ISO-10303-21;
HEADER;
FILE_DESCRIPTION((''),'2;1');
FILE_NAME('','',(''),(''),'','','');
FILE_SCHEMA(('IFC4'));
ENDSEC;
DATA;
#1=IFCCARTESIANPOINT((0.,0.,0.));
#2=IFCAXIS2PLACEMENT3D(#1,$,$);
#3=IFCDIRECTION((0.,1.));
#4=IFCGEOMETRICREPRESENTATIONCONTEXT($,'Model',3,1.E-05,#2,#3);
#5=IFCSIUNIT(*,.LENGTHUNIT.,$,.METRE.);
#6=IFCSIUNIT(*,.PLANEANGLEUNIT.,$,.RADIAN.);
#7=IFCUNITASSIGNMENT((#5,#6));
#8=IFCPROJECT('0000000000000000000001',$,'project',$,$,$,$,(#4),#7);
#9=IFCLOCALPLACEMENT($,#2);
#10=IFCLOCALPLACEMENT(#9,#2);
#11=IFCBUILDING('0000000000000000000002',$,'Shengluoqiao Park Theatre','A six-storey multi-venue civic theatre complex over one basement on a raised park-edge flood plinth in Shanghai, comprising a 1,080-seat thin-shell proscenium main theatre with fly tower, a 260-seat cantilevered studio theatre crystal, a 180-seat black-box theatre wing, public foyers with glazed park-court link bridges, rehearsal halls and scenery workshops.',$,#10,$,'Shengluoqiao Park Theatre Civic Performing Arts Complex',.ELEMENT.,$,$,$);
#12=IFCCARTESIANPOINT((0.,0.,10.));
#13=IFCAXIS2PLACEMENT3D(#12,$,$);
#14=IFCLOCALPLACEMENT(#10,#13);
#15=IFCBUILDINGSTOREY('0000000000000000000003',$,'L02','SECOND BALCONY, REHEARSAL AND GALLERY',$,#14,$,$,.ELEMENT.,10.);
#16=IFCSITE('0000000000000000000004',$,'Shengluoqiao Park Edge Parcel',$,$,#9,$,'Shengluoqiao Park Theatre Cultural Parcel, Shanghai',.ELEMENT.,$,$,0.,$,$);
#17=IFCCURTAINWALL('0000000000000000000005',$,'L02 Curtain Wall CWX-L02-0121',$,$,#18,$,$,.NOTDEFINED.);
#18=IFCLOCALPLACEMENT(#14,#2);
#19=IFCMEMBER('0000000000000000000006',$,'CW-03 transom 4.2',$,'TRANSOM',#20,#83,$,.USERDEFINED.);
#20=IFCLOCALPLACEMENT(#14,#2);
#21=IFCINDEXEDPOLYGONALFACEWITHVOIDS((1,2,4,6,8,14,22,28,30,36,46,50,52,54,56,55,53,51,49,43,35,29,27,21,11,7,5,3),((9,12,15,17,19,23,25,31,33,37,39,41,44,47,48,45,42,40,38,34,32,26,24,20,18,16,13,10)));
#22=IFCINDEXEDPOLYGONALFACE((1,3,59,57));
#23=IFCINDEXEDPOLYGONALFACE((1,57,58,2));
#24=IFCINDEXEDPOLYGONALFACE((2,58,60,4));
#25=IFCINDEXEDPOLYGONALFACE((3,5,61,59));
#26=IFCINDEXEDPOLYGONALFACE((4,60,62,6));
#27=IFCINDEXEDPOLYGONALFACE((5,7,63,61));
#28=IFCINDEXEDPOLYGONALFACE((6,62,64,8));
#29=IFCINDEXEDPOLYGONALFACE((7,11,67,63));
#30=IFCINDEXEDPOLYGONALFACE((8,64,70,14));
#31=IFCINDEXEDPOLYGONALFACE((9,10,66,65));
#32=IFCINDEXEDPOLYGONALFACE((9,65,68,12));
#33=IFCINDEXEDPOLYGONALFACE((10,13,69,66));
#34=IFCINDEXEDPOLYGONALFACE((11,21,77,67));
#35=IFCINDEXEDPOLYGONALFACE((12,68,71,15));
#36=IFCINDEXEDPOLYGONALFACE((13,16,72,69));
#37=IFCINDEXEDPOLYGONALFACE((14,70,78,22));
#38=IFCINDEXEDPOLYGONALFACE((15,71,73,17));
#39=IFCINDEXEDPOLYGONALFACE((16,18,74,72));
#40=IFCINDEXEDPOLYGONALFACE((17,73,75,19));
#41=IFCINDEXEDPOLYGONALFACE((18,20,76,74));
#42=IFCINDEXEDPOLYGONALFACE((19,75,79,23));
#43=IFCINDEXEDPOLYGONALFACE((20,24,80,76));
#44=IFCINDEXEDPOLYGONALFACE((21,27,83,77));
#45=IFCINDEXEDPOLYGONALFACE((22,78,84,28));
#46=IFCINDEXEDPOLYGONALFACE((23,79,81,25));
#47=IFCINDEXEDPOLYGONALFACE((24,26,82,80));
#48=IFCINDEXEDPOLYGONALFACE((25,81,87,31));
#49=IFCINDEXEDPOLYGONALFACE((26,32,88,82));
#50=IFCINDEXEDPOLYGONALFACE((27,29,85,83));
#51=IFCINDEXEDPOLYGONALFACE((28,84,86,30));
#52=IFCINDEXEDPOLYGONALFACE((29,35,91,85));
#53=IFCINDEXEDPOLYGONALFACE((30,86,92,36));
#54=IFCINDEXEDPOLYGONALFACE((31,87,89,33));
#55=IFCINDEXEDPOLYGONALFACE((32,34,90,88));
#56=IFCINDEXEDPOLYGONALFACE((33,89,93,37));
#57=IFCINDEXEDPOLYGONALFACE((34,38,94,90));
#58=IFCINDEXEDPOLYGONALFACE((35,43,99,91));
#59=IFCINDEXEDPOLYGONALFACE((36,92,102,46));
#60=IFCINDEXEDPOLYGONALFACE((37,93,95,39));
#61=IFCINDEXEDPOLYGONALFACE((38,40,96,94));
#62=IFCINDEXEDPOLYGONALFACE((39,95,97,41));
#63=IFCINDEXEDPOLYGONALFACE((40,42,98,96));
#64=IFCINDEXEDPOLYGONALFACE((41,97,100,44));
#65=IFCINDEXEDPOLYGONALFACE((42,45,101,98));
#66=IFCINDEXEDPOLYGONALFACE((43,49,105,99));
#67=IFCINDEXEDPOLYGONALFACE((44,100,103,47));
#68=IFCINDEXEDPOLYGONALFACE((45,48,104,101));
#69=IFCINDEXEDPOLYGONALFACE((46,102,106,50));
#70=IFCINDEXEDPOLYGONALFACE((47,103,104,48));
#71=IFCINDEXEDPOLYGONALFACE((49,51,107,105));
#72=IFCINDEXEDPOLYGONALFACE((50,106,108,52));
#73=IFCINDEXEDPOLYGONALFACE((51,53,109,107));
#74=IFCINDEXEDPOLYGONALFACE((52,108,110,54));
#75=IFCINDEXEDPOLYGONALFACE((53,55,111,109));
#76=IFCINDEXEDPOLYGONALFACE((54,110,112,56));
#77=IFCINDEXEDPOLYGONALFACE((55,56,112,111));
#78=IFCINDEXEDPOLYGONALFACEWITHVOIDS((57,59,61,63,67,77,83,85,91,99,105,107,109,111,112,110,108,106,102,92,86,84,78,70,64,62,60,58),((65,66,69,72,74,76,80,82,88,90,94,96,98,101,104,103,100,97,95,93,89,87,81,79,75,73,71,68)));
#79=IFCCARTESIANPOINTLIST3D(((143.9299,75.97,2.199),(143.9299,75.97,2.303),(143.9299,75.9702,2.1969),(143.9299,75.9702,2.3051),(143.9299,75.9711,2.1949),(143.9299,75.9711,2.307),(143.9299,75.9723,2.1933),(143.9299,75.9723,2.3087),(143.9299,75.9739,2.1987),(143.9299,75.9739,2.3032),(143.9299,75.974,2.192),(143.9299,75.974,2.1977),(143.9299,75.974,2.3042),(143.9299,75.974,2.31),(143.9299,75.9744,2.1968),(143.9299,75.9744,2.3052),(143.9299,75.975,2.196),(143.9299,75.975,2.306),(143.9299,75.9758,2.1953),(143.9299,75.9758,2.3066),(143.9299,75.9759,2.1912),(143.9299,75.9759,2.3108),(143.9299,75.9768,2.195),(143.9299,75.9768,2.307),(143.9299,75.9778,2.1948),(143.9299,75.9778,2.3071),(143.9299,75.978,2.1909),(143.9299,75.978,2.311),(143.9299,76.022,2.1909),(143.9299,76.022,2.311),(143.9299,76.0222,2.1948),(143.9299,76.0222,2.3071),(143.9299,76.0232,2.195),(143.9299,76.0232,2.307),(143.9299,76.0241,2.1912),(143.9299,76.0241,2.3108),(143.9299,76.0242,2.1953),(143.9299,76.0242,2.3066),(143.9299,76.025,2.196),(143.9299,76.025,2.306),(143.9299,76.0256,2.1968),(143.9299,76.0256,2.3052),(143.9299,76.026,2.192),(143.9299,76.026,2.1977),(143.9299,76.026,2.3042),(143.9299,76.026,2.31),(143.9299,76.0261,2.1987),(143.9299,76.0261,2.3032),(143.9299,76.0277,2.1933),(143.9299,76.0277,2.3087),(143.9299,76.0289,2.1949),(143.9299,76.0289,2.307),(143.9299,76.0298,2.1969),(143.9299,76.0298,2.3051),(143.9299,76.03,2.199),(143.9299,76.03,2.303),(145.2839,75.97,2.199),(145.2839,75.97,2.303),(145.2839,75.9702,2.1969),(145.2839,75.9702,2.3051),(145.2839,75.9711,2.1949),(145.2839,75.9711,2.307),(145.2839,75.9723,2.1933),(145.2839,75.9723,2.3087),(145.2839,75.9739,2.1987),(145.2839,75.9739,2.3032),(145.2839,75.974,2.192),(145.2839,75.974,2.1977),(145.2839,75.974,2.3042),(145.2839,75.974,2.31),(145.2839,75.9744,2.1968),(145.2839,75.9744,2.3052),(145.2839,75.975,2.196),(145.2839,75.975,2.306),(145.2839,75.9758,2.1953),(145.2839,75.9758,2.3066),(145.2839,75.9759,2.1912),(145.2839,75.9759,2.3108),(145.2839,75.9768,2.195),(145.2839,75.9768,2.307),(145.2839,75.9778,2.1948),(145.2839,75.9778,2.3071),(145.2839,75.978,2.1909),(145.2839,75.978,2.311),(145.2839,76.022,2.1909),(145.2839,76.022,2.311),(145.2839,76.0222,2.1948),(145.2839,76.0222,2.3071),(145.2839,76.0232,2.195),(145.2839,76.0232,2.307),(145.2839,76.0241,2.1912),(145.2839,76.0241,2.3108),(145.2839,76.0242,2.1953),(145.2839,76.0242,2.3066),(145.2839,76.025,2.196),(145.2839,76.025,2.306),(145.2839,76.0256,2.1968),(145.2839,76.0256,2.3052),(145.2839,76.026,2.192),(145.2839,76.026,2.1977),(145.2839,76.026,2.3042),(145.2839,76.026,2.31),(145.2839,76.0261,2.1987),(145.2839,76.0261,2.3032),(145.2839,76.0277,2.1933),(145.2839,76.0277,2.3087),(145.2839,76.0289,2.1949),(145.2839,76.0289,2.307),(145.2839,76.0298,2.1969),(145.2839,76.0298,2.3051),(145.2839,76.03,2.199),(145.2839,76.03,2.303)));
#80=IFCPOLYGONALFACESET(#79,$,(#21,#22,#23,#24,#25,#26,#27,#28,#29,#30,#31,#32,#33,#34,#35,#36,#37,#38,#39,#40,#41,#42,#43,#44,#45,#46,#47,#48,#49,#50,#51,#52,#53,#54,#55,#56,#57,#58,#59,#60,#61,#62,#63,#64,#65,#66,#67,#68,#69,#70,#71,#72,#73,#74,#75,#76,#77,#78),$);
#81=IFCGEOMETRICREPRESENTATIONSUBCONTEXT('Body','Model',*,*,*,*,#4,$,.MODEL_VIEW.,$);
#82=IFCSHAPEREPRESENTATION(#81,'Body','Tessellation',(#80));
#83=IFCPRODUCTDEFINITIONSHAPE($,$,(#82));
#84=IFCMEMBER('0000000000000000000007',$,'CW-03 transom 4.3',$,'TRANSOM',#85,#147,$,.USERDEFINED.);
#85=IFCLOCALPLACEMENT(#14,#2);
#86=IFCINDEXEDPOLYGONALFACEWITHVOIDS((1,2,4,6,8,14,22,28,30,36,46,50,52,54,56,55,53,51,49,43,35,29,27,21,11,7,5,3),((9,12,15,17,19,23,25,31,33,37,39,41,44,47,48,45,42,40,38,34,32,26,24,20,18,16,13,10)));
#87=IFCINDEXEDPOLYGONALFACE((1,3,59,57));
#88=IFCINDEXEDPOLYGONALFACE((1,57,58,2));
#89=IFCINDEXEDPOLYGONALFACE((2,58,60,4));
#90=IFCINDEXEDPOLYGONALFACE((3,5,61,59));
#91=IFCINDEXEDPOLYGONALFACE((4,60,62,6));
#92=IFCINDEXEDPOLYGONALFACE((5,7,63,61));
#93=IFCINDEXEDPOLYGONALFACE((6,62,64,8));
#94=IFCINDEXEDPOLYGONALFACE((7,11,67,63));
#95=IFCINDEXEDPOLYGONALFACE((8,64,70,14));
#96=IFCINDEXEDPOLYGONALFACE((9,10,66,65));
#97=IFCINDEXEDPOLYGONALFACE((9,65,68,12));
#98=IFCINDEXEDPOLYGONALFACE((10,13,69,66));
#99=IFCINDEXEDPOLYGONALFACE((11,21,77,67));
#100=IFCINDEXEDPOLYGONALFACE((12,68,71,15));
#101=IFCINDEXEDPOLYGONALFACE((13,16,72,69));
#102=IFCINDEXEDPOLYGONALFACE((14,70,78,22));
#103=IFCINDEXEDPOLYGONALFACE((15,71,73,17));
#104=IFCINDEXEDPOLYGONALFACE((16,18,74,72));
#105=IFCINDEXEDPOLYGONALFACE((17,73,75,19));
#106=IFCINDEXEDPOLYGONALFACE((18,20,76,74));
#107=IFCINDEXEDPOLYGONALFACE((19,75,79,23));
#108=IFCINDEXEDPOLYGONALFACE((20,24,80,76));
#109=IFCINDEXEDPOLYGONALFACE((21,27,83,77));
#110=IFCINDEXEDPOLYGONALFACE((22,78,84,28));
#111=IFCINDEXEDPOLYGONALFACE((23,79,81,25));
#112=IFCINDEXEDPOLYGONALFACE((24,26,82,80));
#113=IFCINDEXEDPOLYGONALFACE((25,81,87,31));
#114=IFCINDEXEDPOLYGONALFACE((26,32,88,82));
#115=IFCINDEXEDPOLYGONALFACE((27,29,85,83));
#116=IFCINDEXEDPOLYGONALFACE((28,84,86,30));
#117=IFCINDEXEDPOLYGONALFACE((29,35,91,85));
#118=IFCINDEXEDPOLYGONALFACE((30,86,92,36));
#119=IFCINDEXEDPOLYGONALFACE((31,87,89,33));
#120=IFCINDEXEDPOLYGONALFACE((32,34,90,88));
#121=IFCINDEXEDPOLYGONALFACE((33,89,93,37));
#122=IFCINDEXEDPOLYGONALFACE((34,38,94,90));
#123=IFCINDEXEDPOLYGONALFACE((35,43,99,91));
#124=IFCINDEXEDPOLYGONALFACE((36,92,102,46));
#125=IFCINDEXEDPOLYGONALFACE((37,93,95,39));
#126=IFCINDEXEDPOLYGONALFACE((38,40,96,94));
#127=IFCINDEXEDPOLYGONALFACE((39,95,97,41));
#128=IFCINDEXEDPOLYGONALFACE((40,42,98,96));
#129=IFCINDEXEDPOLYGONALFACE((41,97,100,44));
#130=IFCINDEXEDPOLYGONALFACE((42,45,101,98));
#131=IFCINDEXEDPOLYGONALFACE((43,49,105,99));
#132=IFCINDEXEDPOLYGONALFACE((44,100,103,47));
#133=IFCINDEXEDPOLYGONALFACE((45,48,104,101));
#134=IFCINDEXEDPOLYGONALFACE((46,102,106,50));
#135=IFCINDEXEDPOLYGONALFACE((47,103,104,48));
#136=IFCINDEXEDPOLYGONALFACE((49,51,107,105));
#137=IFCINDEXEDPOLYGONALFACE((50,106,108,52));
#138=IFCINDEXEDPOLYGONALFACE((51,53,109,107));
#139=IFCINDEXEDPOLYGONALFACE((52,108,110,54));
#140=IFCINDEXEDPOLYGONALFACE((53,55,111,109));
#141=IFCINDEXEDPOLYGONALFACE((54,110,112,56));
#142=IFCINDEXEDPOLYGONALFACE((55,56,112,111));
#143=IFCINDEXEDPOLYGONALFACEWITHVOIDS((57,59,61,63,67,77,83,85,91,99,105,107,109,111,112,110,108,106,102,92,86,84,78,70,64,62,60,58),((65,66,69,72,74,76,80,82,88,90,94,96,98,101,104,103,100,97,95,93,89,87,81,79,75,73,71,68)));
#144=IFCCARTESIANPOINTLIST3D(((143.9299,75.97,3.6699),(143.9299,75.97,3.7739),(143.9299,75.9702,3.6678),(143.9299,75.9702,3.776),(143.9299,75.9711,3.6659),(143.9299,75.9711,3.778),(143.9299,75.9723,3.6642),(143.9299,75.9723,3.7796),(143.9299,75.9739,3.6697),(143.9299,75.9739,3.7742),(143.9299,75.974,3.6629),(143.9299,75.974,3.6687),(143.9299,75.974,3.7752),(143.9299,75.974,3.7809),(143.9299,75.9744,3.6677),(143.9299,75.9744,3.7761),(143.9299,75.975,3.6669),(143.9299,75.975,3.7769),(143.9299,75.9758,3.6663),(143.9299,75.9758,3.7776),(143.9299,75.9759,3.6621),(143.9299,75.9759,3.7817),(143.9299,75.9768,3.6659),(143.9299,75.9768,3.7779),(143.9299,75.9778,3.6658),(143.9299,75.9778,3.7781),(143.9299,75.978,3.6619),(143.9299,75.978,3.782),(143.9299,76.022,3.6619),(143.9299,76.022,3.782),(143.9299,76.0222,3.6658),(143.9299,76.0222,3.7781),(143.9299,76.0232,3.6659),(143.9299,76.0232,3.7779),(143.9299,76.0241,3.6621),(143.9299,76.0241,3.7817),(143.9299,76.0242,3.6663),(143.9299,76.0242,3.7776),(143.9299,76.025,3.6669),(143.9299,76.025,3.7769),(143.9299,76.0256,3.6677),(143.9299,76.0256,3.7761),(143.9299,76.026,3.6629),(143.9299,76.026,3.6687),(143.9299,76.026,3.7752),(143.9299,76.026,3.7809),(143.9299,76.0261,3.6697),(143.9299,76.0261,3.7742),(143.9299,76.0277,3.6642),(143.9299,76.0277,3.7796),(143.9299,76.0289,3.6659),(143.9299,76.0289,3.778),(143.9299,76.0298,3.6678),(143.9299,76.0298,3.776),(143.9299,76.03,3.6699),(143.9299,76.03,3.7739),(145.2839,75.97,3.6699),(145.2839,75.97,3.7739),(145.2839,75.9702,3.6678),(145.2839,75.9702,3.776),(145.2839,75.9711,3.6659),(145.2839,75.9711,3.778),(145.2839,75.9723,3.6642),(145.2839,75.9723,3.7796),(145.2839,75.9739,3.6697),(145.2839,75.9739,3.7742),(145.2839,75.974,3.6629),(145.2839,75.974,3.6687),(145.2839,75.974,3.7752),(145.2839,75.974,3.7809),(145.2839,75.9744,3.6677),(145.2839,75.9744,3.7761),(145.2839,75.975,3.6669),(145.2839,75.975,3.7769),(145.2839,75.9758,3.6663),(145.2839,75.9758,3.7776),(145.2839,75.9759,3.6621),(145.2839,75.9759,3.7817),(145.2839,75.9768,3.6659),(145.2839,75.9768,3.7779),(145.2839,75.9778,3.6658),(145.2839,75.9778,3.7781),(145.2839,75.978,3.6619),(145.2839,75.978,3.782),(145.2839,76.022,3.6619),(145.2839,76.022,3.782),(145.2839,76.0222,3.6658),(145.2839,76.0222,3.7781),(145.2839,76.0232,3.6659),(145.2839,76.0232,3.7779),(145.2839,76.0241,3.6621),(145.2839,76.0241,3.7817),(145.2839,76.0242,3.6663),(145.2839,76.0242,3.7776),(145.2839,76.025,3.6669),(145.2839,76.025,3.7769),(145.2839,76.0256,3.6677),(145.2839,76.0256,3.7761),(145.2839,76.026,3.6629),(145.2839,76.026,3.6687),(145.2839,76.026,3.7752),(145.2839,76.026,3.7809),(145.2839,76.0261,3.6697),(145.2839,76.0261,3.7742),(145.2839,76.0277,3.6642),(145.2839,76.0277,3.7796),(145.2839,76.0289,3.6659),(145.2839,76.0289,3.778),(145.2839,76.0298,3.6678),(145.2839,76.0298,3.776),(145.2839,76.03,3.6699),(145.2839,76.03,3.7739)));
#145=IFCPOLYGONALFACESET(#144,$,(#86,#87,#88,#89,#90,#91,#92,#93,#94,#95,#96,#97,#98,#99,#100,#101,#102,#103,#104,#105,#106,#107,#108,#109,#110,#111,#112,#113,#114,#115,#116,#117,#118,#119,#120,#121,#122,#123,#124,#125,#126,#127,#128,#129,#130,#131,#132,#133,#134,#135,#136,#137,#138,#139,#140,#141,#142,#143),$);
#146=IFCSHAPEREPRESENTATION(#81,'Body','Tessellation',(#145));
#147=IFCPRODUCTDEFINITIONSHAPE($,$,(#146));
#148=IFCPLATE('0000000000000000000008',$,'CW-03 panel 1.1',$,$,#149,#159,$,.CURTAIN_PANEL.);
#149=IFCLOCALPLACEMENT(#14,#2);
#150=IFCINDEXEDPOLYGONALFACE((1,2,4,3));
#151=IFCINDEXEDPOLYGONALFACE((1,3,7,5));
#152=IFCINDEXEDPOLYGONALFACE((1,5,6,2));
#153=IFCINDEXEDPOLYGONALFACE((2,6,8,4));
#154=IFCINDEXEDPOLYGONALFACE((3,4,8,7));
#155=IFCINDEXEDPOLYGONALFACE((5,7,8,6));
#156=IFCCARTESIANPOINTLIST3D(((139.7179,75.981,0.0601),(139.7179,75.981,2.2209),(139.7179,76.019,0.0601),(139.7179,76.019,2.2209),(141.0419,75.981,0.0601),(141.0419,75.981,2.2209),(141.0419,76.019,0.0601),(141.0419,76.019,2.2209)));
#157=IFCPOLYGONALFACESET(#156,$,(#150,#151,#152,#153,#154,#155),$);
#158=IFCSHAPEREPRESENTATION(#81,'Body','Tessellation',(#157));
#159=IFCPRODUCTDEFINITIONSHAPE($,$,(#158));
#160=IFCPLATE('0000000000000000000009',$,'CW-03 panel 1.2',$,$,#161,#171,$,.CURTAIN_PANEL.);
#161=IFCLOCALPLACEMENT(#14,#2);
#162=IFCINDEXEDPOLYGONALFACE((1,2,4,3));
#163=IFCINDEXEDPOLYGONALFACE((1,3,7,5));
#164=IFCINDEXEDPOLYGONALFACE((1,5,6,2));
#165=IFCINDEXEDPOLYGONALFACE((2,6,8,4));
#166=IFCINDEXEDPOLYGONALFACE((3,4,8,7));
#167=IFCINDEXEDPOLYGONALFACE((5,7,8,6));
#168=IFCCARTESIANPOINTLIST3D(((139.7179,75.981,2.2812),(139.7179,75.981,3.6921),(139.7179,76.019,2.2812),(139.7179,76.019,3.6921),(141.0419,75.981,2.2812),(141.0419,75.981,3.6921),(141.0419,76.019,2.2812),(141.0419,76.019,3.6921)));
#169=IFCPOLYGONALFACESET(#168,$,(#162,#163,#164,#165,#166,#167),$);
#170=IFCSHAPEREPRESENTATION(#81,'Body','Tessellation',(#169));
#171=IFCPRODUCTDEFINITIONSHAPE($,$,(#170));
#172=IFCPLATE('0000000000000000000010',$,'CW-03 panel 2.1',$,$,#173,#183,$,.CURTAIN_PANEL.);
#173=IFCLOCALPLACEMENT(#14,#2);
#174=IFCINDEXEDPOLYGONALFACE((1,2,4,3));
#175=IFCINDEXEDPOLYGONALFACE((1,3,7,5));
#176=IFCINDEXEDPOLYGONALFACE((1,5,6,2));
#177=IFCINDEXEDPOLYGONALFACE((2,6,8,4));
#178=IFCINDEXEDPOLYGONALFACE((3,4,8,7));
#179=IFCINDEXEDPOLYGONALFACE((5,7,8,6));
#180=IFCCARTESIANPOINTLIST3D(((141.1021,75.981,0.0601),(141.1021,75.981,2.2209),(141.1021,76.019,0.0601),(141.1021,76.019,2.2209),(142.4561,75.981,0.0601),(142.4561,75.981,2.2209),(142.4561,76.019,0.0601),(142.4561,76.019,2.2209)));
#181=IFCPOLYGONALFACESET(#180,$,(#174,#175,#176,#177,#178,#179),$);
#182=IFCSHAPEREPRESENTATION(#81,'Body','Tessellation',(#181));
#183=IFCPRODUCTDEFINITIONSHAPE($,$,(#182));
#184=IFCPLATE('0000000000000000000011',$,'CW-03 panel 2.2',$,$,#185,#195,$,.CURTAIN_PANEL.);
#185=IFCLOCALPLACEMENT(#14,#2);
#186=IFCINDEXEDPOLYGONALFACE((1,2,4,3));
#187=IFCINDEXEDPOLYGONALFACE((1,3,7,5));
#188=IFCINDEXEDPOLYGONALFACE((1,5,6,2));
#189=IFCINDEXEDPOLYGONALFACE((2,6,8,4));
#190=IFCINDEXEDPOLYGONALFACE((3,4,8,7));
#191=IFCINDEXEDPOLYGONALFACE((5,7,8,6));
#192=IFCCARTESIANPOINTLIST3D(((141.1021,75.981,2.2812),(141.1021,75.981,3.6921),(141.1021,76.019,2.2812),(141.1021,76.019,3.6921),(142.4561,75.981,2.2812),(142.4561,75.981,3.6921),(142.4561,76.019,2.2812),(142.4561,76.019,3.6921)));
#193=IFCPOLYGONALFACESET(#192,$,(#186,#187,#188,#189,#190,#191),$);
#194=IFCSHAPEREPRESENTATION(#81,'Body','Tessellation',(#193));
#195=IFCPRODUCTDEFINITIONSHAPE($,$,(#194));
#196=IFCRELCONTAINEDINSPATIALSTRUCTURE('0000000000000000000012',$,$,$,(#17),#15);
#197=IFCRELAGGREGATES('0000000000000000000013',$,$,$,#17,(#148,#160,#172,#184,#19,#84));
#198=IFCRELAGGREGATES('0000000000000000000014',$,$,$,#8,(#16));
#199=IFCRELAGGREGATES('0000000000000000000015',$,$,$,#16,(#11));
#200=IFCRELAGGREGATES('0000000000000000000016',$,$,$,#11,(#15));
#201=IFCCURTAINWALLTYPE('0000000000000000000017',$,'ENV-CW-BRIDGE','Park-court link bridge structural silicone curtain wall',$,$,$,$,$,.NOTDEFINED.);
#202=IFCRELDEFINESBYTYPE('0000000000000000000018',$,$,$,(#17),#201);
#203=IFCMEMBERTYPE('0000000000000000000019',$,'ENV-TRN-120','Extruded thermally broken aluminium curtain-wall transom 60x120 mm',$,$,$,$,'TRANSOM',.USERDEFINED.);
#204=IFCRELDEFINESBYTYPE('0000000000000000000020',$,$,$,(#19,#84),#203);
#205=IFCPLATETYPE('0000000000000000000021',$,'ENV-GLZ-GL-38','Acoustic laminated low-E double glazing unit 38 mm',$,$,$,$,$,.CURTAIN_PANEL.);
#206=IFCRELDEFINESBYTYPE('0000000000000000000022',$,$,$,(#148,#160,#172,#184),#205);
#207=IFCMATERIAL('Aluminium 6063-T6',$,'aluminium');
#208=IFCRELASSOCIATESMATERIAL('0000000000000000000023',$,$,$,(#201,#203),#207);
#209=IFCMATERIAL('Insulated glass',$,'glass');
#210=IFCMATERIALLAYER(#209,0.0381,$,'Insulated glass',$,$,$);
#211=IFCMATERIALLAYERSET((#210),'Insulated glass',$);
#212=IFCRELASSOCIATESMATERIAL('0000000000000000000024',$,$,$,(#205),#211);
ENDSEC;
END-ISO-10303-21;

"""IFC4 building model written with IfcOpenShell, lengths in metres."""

from ifc_helpers import new_model, si_unit, direction, frame, origin, origin_2d, place, context, subcontext, project, spatial, rectangle, hollow_rectangle, extrude, material, layer, layer_set, material_profile, profile_set, type_object, element, aggregate, save


model = new_model("IFC4")

# Units and contexts
model_context = context("Model", 3, precision=1e-05, world=origin(), true_north=direction((0.0, 1.0)))
body_context = subcontext(model_context, "Body", "Model", "MODEL_VIEW")
ifc_project = project(units=[si_unit("LENGTHUNIT", "METRE"), si_unit("PLANEANGLEUNIT", "RADIAN")], contexts=[model_context])

# Site, building, storey
site_placement = place(None, origin())
site = spatial("IfcSite", under=ifc_project, at=site_placement, Name="Shengluoqiao Park Edge Parcel", LongName="Shengluoqiao Park Theatre Cultural Parcel, Shanghai", CompositionType="ELEMENT", RefElevation=0.0)
building_placement = place(site_placement, origin())
building = spatial("IfcBuilding", under=site, at=building_placement, Name="Shengluoqiao Park Theatre", Description="A six-storey multi-venue civic theatre complex over one basement on a raised park-edge flood plinth in Shanghai, comprising a 1,080-seat thin-shell proscenium main theatre with fly tower, a 260-seat cantilevered studio theatre crystal, a 180-seat black-box theatre wing, public foyers with glazed park-court link bridges, rehearsal halls and scenery workshops.", LongName="Shengluoqiao Park Theatre Civic Performing Arts Complex", CompositionType="ELEMENT")
storey_placement = place(building_placement, frame((0.0, 0.0, 10.0)))
storey = spatial("IfcBuildingStorey", under=building, at=storey_placement, Name="L02", Description="SECOND BALCONY, REHEARSAL AND GALLERY", CompositionType="ELEMENT", Elevation=10.0)

# Curtain wall, members, plates
ifc_material_1 = material(Name="Aluminium 6063-T6", Category="aluminium")
curtain_wall_type = type_object("IfcCurtainWallType", Name="ENV-CW-BRIDGE", Description="Park-court link bridge structural silicone curtain wall", PredefinedType="NOTDEFINED", material=ifc_material_1)
curtain_wall_placement = place(storey_placement, origin())
curtain_wall = element("IfcCurtainWall", 1, at=curtain_wall_placement, inside=storey, type_object=curtain_wall_type, Name="L02 Curtain Wall CWX-L02-0121", PredefinedType="NOTDEFINED")
ifc_material_profile_1 = material_profile(ifc_material_1, hollow_rectangle(XDim=0.0601, YDim=0.1201, WallThickness=0.0039, InnerFilletRadius=0.0039, OuterFilletRadius=0.0081, at=origin_2d()), Name="ALU TRANSOM 120x60x4")
ifc_profile_set_1 = profile_set([ifc_material_profile_1], Name="Aluminium 6063-T6")
member_type_1 = type_object("IfcMemberType", Name="ENV-TRN-120", Description="Extruded thermally broken aluminium curtain-wall transom 60x120 mm", ElementType="TRANSOM", PredefinedType="USERDEFINED", material=ifc_profile_set_1)
member_1_placement = place(storey_placement, frame((143.9299, 76.0, 2.251), z_axis=(1.0, 0.0, 0.0), x_axis=(0.0, 1.0, 0.0)))
member_1 = element("IfcMember", 2, at=member_1_placement, type_object=member_type_1, Name="CW-03 transom 4.2", ObjectType="TRANSOM", PredefinedType="USERDEFINED", context=body_context, shape_type="SweptSolid", body=[
    extrude(hollow_rectangle(XDim=0.0601, YDim=0.1201, WallThickness=0.0039, InnerFilletRadius=0.0039, OuterFilletRadius=0.0081, at=origin_2d()), origin(), (0.0, 0.0, 1.0), 1.354),
])
member_2_placement = place(storey_placement, frame((143.9299, 76.0, 3.7219), z_axis=(1.0, 0.0, 0.0), x_axis=(0.0, 1.0, 0.0)))
member_2 = element("IfcMember", 3, at=member_2_placement, type_object=member_type_1, Name="CW-03 transom 4.3", ObjectType="TRANSOM", PredefinedType="USERDEFINED", context=body_context, shape_type="SweptSolid", body=[
    extrude(hollow_rectangle(XDim=0.0601, YDim=0.1201, WallThickness=0.0039, InnerFilletRadius=0.0039, OuterFilletRadius=0.0081, at=origin_2d()), origin(), (0.0, 0.0, 1.0), 1.354),
])
ifc_material_2 = material(Name="Insulated glass", Category="glass")
ifc_layer = layer(ifc_material_2, 0.0381, Name="Insulated glass")
ifc_layer_set = layer_set([ifc_layer], Name="Insulated glass")
plate_type = type_object("IfcPlateType", Name="ENV-GLZ-GL-38", Description="Acoustic laminated low-E double glazing unit 38 mm", PredefinedType="CURTAIN_PANEL", material=ifc_layer_set)
plate_1_placement = place(storey_placement, frame((140.3799, 76.0, 0.0601), z_axis=(0.0, 0.0, 1.0), x_axis=(1.0, 0.0, 0.0)))
plate_1 = element("IfcPlate", 4, at=plate_1_placement, type_object=plate_type, Name="CW-03 panel 1.1", PredefinedType="CURTAIN_PANEL", context=body_context, shape_type="SweptSolid", body=[
    extrude(rectangle(XDim=1.324, YDim=0.0381, at=origin_2d()), origin(), (0.0, 0.0, 1.0), 2.1609),
])
plate_2_placement = place(storey_placement, frame((140.3799, 76.0, 2.2812), z_axis=(0.0, 0.0, 1.0), x_axis=(1.0, 0.0, 0.0)))
plate_2 = element("IfcPlate", 5, at=plate_2_placement, type_object=plate_type, Name="CW-03 panel 1.2", PredefinedType="CURTAIN_PANEL", context=body_context, shape_type="SweptSolid", body=[
    extrude(rectangle(XDim=1.324, YDim=0.0381, at=origin_2d()), origin(), (0.0, 0.0, 1.0), 1.4109),
])
plate_3_placement = place(storey_placement, frame((141.7791, 76.0, 0.0601), z_axis=(0.0, 0.0, 1.0), x_axis=(1.0, 0.0, 0.0)))
plate_3 = element("IfcPlate", 6, at=plate_3_placement, type_object=plate_type, Name="CW-03 panel 2.1", PredefinedType="CURTAIN_PANEL", context=body_context, shape_type="SweptSolid", body=[
    extrude(rectangle(XDim=1.354, YDim=0.0381, at=origin_2d()), origin(), (0.0, 0.0, 1.0), 2.1609),
])
plate_4_placement = place(storey_placement, frame((141.7791, 76.0, 2.2812), z_axis=(0.0, 0.0, 1.0), x_axis=(1.0, 0.0, 0.0)))
plate_4 = element("IfcPlate", 7, at=plate_4_placement, type_object=plate_type, Name="CW-03 panel 2.2", PredefinedType="CURTAIN_PANEL", context=body_context, shape_type="SweptSolid", body=[
    extrude(rectangle(XDim=1.354, YDim=0.0381, at=origin_2d()), origin(), (0.0, 0.0, 1.0), 1.4109),
])
aggregate(curtain_wall, [plate_1, plate_2, plate_3, plate_4, member_1, member_2])

save(model, "model.ifc")
